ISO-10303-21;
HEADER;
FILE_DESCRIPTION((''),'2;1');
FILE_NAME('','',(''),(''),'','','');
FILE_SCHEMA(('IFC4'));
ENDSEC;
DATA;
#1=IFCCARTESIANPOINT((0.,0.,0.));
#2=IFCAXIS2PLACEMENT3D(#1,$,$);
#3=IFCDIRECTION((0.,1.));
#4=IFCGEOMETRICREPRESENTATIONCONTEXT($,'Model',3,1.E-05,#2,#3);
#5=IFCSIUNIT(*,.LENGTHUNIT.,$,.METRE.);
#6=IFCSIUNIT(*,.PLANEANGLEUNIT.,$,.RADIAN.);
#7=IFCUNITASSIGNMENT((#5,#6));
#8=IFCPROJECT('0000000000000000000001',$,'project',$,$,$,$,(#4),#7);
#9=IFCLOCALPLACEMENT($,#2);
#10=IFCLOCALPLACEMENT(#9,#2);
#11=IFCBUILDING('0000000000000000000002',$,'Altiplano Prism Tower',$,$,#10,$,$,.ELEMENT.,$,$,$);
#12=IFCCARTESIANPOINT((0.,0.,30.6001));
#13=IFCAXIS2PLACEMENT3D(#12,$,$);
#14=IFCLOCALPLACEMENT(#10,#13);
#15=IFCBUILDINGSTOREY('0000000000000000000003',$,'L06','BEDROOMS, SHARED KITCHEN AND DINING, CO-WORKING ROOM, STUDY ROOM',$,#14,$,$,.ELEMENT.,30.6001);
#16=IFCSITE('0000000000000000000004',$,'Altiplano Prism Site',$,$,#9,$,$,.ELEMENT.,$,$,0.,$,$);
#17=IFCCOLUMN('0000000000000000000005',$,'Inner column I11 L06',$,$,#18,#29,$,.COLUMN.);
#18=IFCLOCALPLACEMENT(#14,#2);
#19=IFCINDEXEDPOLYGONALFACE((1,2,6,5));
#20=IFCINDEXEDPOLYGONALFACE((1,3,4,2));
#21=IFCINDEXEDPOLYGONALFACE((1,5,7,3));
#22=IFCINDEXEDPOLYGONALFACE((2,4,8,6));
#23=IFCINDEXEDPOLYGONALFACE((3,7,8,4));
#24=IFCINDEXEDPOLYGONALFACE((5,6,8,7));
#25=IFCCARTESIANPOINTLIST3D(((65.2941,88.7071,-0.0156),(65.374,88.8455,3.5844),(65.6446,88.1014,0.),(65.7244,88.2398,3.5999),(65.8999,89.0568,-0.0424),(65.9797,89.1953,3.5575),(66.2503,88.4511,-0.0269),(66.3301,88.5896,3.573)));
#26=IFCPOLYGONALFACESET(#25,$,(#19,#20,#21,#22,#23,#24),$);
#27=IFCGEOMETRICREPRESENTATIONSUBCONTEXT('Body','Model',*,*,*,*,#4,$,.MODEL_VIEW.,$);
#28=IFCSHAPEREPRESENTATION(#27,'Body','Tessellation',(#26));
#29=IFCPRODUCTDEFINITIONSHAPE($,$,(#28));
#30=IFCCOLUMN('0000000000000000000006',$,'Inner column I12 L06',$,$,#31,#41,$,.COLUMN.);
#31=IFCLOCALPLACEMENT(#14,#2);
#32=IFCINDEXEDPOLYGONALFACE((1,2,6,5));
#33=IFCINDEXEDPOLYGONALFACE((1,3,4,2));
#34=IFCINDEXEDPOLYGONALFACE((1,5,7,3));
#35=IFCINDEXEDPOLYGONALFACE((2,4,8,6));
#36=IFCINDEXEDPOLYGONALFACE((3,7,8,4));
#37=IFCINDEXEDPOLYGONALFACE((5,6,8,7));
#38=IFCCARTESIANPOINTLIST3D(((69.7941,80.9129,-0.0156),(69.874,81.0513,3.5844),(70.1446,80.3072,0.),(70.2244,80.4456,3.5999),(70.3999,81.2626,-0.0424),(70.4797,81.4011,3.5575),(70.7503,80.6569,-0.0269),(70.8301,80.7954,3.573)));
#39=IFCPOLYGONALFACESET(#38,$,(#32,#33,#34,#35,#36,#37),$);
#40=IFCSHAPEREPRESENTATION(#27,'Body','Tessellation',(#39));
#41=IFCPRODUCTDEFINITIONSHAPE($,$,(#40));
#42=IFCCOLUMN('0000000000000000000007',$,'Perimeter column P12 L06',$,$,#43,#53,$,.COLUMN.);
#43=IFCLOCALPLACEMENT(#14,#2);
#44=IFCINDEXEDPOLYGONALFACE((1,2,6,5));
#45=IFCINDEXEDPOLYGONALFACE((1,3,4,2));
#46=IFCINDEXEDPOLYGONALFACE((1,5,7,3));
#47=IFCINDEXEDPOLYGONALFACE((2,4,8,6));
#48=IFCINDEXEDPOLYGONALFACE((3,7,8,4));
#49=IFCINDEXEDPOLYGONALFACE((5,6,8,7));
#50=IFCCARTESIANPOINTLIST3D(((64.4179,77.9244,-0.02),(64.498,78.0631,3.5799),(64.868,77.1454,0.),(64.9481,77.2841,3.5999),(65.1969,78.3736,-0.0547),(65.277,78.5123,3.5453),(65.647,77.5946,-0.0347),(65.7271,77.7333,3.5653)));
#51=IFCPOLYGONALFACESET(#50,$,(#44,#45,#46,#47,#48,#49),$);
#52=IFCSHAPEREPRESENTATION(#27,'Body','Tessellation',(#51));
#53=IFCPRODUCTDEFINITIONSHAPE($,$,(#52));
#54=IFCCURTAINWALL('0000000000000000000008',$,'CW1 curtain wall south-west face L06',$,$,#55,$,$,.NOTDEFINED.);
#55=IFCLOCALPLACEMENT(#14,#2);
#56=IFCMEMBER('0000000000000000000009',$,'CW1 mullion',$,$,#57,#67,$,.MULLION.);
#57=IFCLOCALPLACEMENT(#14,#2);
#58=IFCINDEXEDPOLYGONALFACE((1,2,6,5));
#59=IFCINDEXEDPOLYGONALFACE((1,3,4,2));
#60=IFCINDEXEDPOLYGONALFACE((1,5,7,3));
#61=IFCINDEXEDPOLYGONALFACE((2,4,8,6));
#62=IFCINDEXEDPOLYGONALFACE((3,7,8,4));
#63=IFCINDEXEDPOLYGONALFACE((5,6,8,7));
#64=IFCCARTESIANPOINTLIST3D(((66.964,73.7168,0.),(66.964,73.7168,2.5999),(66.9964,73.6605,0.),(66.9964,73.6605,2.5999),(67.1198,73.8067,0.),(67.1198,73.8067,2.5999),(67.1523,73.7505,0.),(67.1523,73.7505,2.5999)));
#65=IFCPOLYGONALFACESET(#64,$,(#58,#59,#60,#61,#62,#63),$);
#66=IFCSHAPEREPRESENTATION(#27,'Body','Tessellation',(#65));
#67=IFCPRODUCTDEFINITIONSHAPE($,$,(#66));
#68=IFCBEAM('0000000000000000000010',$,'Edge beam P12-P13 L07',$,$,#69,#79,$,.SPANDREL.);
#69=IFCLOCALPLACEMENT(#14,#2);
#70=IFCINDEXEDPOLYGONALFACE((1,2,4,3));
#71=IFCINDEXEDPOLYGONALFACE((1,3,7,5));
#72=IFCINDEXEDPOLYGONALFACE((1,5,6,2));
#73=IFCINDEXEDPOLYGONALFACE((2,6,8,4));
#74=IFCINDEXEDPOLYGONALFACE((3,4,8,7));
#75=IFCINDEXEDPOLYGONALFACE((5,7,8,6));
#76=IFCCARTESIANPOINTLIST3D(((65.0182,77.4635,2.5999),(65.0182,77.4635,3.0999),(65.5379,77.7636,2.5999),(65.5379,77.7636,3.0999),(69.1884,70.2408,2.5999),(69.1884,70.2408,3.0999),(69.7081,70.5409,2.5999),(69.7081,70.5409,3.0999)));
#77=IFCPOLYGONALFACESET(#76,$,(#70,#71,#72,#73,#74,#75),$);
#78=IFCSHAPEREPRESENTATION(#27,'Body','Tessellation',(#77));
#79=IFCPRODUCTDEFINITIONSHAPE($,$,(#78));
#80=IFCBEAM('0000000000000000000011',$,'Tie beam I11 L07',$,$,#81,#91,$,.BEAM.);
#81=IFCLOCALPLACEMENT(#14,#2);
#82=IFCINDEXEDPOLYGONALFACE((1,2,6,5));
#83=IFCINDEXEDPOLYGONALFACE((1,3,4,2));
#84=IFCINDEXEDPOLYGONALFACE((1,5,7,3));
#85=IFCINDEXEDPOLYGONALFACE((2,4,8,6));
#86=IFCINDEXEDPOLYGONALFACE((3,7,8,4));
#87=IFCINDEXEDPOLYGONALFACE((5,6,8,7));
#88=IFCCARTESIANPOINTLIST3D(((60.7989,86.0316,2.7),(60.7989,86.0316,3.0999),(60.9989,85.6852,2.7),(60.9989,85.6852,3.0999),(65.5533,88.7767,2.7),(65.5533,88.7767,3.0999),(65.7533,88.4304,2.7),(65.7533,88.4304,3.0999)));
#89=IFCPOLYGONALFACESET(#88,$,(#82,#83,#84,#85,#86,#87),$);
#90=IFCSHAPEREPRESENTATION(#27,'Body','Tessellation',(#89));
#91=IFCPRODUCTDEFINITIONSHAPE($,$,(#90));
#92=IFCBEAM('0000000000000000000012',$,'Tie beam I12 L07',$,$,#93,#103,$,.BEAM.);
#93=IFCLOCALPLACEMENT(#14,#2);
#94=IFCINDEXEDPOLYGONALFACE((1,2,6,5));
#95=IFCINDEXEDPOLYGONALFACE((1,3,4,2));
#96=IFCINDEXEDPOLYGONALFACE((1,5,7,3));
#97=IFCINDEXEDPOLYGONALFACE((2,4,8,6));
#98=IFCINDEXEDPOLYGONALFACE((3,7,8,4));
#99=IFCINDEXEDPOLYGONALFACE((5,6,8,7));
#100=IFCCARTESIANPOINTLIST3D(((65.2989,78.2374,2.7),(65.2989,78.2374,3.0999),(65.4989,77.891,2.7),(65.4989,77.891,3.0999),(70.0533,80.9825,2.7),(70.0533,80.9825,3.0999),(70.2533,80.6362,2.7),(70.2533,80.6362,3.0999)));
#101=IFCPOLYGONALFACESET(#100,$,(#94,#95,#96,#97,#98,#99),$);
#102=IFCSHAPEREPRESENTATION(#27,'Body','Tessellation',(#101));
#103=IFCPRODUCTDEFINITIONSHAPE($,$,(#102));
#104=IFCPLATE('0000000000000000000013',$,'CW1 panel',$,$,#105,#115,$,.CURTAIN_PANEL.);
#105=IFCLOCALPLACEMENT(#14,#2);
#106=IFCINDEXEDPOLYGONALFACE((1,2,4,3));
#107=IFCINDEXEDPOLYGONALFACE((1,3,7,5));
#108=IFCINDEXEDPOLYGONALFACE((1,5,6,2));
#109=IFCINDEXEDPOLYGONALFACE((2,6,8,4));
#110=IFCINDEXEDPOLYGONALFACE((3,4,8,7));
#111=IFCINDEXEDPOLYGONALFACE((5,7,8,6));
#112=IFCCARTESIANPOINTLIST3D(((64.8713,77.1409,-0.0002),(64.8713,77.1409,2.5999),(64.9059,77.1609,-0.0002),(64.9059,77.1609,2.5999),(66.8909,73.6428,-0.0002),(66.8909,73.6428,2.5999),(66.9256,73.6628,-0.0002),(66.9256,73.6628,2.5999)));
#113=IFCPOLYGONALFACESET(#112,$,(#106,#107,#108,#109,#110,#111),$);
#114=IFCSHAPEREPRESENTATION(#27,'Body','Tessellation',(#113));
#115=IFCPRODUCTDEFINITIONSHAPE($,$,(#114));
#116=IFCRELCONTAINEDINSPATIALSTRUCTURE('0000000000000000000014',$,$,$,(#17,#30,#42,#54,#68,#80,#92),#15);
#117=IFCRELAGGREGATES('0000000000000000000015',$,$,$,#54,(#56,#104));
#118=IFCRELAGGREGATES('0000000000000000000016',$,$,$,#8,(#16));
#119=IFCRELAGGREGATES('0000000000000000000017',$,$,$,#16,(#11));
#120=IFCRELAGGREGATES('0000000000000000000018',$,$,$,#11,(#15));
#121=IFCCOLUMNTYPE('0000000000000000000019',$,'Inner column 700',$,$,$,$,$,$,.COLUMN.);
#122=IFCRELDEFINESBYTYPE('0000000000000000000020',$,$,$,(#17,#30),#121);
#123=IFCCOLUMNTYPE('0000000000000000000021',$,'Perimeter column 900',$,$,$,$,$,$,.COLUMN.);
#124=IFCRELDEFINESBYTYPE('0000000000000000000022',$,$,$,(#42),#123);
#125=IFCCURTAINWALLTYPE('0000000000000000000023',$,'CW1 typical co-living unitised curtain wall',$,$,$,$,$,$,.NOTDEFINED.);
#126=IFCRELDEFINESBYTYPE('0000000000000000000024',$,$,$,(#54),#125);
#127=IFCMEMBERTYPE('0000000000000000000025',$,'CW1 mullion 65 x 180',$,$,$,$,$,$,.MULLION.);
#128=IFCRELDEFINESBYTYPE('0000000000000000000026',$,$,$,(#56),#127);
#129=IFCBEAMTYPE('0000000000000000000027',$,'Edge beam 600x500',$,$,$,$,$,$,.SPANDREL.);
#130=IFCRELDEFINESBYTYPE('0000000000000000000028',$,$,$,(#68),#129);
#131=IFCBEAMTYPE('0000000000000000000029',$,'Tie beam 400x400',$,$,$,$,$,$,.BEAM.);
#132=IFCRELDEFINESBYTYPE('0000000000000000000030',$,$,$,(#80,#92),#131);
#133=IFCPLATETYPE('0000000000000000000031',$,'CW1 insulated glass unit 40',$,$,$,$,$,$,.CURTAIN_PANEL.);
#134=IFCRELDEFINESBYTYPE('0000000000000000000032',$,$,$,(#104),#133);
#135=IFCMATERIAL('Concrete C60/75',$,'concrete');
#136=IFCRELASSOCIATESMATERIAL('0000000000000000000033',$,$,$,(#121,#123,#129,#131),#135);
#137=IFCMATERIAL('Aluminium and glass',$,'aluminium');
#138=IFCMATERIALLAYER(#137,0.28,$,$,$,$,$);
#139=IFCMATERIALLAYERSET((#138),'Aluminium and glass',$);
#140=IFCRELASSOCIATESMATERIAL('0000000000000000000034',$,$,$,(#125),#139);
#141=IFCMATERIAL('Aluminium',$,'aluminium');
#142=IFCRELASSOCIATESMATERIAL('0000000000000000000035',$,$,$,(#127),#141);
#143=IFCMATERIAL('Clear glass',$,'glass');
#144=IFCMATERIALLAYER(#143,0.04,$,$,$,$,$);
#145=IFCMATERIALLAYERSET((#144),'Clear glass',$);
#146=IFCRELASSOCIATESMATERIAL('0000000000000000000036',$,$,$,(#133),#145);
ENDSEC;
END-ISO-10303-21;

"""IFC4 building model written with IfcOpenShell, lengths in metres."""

from ifc_helpers import new_model, si_unit, direction, frame, origin, origin_2d, place, context, subcontext, project, spatial, rectangle, extrude, material, layer, layer_set, material_profile, profile_set, type_object, element, aggregate, save


model = new_model("IFC4")

# Units and contexts
model_context = context("Model", 3, precision=1e-05, world=origin(), true_north=direction((0.0, 1.0)))
body_context = subcontext(model_context, "Body", "Model", "MODEL_VIEW")
ifc_project = project(units=[si_unit("LENGTHUNIT", "METRE"), si_unit("PLANEANGLEUNIT", "RADIAN")], contexts=[model_context])

# Site, building, storey
site_placement = place(None, origin())
site = spatial("IfcSite", under=ifc_project, at=site_placement, Name="Altiplano Prism Site", CompositionType="ELEMENT", RefElevation=0.0)
building_placement = place(site_placement, origin())
building = spatial("IfcBuilding", under=site, at=building_placement, Name="Altiplano Prism Tower", CompositionType="ELEMENT")
storey_placement = place(building_placement, frame((0.0, 0.0, 30.6001)))
storey = spatial("IfcBuildingStorey", under=building, at=storey_placement, Name="L06", Description="BEDROOMS, SHARED KITCHEN AND DINING, CO-WORKING ROOM, STUDY ROOM", CompositionType="ELEMENT", Elevation=30.6001)

# Columns
ifc_material_1 = material(Name="Concrete C60/75", Category="concrete")
ifc_material_profile_1 = material_profile(ifc_material_1, rectangle(XDim=0.7, YDim=0.7, at=origin_2d()), Name="Inner column 700")
ifc_profile_set_1 = profile_set([ifc_material_profile_1], Name="Concrete C60/75")
column_type_1 = type_object("IfcColumnType", Name="Inner column 700", PredefinedType="COLUMN", material=ifc_profile_set_1)
for number, where, z_axis, x_axis, name in (
    (1, (65.7722, 88.5791, -0.0212), (0.022155, 0.038416, 0.999016), (-0.865362, -0.499674, 0.038405), "Inner column I11 L06"),
    (2, (70.2722, 80.7849, -0.0212), (0.022155, 0.038416, 0.999016), (-0.865362, -0.499674, 0.038405), "Inner column I12 L06"),
):
    element("IfcColumn", number, at=place(storey_placement, frame(where, z_axis=z_axis, x_axis=x_axis)), inside=storey, type_object=column_type_1, Name=name, PredefinedType="COLUMN", context=body_context, shape_type="SweptSolid", body=[
        extrude(rectangle(XDim=0.7, YDim=0.7, at=origin_2d()), origin(), (0.0, 0.0, 1.0), 3.6035),
    ])
ifc_material_profile_2 = material_profile(ifc_material_1, rectangle(XDim=0.8999, YDim=0.8999, at=origin_2d()), Name="Perimeter column 900")
ifc_profile_set_2 = profile_set([ifc_material_profile_2], Name="Concrete C60/75")
column_type_2 = type_object("IfcColumnType", Name="Perimeter column 900", PredefinedType="COLUMN", material=ifc_profile_set_2)
column_placement = place(storey_placement, frame((65.0325, 77.7595, -0.0273), z_axis=(0.022223, 0.038483, 0.999012), x_axis=(-0.865639, -0.499187, 0.038485)))
element("IfcColumn", 3, at=column_placement, inside=storey, type_object=column_type_2, Name="Perimeter column P12 L06", PredefinedType="COLUMN", context=body_context, shape_type="SweptSolid", body=[
    extrude(rectangle(XDim=0.8999, YDim=0.8999, at=origin_2d()), origin(), (0.0, 0.0, 1.0), 3.6035),
])

# Curtain wall, member
ifc_material_2 = material(Name="Aluminium and glass", Category="aluminium")
ifc_layer_1 = layer(ifc_material_2, 0.28)
ifc_layer_set_1 = layer_set([ifc_layer_1], Name="Aluminium and glass")
curtain_wall_type = type_object("IfcCurtainWallType", Name="CW1 typical co-living unitised curtain wall", PredefinedType="NOTDEFINED", material=ifc_layer_set_1)
curtain_wall_placement = place(storey_placement, origin())
curtain_wall = element("IfcCurtainWall", 4, at=curtain_wall_placement, inside=storey, type_object=curtain_wall_type, Name="CW1 curtain wall south-west face L06", PredefinedType="NOTDEFINED")
ifc_material_3 = material(Name="Aluminium", Category="aluminium")
ifc_material_profile_3 = material_profile(ifc_material_3, rectangle(XDim=0.1799, YDim=0.0649, at=origin_2d()), Name="CW1 mullion 65 x 180")
ifc_profile_set_3 = profile_set([ifc_material_profile_3], Name="Aluminium")
member_type = type_object("IfcMemberType", Name="CW1 mullion 65 x 180", PredefinedType="MULLION", material=ifc_profile_set_3)
member_placement = place(storey_placement, frame((67.0581, 73.7336, 0.0), z_axis=(0.0, 0.0, 1.0), x_axis=(0.866025, 0.5, 0.0)))
member = element("IfcMember", 5, at=member_placement, type_object=member_type, Name="CW1 mullion", PredefinedType="MULLION", context=body_context, shape_type="SweptSolid", body=[
    extrude(rectangle(XDim=0.1799, YDim=0.0649, at=origin_2d()), origin(), (0.0, 0.0, 1.0), 2.5999),
])

# Beams
ifc_material_profile_4 = material_profile(ifc_material_1, rectangle(XDim=0.6001, YDim=0.5, at=origin_2d()), Name="Edge beam 600x500")
ifc_profile_set_4 = profile_set([ifc_material_profile_4], Name="Concrete C60/75")
beam_type_1 = type_object("IfcBeamType", Name="Edge beam 600x500", PredefinedType="SPANDREL", material=ifc_profile_set_4)
beam_placement = place(storey_placement, frame((65.2781, 77.6135, 2.8499), z_axis=(0.500015, -0.866017, 0.0), x_axis=(0.866017, 0.500015, 0.0)))
element("IfcBeam", 6, at=beam_placement, inside=storey, type_object=beam_type_1, Name="Edge beam P12-P13 L07", PredefinedType="SPANDREL", context=body_context, shape_type="SweptSolid", body=[
    extrude(rectangle(XDim=0.6001, YDim=0.5, at=origin_2d()), origin(), (0.0, 0.0, 1.0), 8.3401),
])
ifc_material_profile_5 = material_profile(ifc_material_1, rectangle(XDim=0.3999, YDim=0.3999, at=origin_2d()), Name="Tie beam 400x400")
ifc_profile_set_5 = profile_set([ifc_material_profile_5], Name="Concrete C60/75")
beam_type_2 = type_object("IfcBeamType", Name="Tie beam 400x400", PredefinedType="BEAM", material=ifc_profile_set_5)
for number, where, z_axis, x_axis, name in (
    (7, (65.6533, 88.6035, 2.8999), (-0.866012, -0.500023, 0.0), (0.500023, -0.866012, 0.0), "Tie beam I11 L07"),
    (8, (70.1533, 80.8093, 2.8999), (-0.866012, -0.500023, 0.0), (0.500023, -0.866012, 0.0), "Tie beam I12 L07"),
):
    element("IfcBeam", number, at=place(storey_placement, frame(where, z_axis=z_axis, x_axis=x_axis)), inside=storey, type_object=beam_type_2, Name=name, PredefinedType="BEAM", context=body_context, shape_type="SweptSolid", body=[
        extrude(rectangle(XDim=0.3999, YDim=0.3999, at=origin_2d()), origin(), (0.0, 0.0, 1.0), 5.49),
    ])

# Plate
ifc_material_4 = material(Name="Clear glass", Category="glass")
ifc_layer_2 = layer(ifc_material_4, 0.04)
ifc_layer_set_2 = layer_set([ifc_layer_2], Name="Clear glass")
plate_type = type_object("IfcPlateType", Name="CW1 insulated glass unit 40", PredefinedType="CURTAIN_PANEL", material=ifc_layer_set_2)
plate_placement = place(storey_placement, frame((65.8984, 75.4019, -0.0002), z_axis=(0.0, 0.0, 1.0), x_axis=(0.5, -0.866025, 0.0)))
plate = element("IfcPlate", 9, at=plate_placement, type_object=plate_type, Name="CW1 panel", PredefinedType="CURTAIN_PANEL", context=body_context, shape_type="SweptSolid", body=[
    extrude(rectangle(XDim=4.0393, YDim=0.04, at=origin_2d()), origin(), (0.0, 0.0, 1.0), 2.6001),
])
aggregate(curtain_wall, [member, plate])

save(model, "model.ifc")
